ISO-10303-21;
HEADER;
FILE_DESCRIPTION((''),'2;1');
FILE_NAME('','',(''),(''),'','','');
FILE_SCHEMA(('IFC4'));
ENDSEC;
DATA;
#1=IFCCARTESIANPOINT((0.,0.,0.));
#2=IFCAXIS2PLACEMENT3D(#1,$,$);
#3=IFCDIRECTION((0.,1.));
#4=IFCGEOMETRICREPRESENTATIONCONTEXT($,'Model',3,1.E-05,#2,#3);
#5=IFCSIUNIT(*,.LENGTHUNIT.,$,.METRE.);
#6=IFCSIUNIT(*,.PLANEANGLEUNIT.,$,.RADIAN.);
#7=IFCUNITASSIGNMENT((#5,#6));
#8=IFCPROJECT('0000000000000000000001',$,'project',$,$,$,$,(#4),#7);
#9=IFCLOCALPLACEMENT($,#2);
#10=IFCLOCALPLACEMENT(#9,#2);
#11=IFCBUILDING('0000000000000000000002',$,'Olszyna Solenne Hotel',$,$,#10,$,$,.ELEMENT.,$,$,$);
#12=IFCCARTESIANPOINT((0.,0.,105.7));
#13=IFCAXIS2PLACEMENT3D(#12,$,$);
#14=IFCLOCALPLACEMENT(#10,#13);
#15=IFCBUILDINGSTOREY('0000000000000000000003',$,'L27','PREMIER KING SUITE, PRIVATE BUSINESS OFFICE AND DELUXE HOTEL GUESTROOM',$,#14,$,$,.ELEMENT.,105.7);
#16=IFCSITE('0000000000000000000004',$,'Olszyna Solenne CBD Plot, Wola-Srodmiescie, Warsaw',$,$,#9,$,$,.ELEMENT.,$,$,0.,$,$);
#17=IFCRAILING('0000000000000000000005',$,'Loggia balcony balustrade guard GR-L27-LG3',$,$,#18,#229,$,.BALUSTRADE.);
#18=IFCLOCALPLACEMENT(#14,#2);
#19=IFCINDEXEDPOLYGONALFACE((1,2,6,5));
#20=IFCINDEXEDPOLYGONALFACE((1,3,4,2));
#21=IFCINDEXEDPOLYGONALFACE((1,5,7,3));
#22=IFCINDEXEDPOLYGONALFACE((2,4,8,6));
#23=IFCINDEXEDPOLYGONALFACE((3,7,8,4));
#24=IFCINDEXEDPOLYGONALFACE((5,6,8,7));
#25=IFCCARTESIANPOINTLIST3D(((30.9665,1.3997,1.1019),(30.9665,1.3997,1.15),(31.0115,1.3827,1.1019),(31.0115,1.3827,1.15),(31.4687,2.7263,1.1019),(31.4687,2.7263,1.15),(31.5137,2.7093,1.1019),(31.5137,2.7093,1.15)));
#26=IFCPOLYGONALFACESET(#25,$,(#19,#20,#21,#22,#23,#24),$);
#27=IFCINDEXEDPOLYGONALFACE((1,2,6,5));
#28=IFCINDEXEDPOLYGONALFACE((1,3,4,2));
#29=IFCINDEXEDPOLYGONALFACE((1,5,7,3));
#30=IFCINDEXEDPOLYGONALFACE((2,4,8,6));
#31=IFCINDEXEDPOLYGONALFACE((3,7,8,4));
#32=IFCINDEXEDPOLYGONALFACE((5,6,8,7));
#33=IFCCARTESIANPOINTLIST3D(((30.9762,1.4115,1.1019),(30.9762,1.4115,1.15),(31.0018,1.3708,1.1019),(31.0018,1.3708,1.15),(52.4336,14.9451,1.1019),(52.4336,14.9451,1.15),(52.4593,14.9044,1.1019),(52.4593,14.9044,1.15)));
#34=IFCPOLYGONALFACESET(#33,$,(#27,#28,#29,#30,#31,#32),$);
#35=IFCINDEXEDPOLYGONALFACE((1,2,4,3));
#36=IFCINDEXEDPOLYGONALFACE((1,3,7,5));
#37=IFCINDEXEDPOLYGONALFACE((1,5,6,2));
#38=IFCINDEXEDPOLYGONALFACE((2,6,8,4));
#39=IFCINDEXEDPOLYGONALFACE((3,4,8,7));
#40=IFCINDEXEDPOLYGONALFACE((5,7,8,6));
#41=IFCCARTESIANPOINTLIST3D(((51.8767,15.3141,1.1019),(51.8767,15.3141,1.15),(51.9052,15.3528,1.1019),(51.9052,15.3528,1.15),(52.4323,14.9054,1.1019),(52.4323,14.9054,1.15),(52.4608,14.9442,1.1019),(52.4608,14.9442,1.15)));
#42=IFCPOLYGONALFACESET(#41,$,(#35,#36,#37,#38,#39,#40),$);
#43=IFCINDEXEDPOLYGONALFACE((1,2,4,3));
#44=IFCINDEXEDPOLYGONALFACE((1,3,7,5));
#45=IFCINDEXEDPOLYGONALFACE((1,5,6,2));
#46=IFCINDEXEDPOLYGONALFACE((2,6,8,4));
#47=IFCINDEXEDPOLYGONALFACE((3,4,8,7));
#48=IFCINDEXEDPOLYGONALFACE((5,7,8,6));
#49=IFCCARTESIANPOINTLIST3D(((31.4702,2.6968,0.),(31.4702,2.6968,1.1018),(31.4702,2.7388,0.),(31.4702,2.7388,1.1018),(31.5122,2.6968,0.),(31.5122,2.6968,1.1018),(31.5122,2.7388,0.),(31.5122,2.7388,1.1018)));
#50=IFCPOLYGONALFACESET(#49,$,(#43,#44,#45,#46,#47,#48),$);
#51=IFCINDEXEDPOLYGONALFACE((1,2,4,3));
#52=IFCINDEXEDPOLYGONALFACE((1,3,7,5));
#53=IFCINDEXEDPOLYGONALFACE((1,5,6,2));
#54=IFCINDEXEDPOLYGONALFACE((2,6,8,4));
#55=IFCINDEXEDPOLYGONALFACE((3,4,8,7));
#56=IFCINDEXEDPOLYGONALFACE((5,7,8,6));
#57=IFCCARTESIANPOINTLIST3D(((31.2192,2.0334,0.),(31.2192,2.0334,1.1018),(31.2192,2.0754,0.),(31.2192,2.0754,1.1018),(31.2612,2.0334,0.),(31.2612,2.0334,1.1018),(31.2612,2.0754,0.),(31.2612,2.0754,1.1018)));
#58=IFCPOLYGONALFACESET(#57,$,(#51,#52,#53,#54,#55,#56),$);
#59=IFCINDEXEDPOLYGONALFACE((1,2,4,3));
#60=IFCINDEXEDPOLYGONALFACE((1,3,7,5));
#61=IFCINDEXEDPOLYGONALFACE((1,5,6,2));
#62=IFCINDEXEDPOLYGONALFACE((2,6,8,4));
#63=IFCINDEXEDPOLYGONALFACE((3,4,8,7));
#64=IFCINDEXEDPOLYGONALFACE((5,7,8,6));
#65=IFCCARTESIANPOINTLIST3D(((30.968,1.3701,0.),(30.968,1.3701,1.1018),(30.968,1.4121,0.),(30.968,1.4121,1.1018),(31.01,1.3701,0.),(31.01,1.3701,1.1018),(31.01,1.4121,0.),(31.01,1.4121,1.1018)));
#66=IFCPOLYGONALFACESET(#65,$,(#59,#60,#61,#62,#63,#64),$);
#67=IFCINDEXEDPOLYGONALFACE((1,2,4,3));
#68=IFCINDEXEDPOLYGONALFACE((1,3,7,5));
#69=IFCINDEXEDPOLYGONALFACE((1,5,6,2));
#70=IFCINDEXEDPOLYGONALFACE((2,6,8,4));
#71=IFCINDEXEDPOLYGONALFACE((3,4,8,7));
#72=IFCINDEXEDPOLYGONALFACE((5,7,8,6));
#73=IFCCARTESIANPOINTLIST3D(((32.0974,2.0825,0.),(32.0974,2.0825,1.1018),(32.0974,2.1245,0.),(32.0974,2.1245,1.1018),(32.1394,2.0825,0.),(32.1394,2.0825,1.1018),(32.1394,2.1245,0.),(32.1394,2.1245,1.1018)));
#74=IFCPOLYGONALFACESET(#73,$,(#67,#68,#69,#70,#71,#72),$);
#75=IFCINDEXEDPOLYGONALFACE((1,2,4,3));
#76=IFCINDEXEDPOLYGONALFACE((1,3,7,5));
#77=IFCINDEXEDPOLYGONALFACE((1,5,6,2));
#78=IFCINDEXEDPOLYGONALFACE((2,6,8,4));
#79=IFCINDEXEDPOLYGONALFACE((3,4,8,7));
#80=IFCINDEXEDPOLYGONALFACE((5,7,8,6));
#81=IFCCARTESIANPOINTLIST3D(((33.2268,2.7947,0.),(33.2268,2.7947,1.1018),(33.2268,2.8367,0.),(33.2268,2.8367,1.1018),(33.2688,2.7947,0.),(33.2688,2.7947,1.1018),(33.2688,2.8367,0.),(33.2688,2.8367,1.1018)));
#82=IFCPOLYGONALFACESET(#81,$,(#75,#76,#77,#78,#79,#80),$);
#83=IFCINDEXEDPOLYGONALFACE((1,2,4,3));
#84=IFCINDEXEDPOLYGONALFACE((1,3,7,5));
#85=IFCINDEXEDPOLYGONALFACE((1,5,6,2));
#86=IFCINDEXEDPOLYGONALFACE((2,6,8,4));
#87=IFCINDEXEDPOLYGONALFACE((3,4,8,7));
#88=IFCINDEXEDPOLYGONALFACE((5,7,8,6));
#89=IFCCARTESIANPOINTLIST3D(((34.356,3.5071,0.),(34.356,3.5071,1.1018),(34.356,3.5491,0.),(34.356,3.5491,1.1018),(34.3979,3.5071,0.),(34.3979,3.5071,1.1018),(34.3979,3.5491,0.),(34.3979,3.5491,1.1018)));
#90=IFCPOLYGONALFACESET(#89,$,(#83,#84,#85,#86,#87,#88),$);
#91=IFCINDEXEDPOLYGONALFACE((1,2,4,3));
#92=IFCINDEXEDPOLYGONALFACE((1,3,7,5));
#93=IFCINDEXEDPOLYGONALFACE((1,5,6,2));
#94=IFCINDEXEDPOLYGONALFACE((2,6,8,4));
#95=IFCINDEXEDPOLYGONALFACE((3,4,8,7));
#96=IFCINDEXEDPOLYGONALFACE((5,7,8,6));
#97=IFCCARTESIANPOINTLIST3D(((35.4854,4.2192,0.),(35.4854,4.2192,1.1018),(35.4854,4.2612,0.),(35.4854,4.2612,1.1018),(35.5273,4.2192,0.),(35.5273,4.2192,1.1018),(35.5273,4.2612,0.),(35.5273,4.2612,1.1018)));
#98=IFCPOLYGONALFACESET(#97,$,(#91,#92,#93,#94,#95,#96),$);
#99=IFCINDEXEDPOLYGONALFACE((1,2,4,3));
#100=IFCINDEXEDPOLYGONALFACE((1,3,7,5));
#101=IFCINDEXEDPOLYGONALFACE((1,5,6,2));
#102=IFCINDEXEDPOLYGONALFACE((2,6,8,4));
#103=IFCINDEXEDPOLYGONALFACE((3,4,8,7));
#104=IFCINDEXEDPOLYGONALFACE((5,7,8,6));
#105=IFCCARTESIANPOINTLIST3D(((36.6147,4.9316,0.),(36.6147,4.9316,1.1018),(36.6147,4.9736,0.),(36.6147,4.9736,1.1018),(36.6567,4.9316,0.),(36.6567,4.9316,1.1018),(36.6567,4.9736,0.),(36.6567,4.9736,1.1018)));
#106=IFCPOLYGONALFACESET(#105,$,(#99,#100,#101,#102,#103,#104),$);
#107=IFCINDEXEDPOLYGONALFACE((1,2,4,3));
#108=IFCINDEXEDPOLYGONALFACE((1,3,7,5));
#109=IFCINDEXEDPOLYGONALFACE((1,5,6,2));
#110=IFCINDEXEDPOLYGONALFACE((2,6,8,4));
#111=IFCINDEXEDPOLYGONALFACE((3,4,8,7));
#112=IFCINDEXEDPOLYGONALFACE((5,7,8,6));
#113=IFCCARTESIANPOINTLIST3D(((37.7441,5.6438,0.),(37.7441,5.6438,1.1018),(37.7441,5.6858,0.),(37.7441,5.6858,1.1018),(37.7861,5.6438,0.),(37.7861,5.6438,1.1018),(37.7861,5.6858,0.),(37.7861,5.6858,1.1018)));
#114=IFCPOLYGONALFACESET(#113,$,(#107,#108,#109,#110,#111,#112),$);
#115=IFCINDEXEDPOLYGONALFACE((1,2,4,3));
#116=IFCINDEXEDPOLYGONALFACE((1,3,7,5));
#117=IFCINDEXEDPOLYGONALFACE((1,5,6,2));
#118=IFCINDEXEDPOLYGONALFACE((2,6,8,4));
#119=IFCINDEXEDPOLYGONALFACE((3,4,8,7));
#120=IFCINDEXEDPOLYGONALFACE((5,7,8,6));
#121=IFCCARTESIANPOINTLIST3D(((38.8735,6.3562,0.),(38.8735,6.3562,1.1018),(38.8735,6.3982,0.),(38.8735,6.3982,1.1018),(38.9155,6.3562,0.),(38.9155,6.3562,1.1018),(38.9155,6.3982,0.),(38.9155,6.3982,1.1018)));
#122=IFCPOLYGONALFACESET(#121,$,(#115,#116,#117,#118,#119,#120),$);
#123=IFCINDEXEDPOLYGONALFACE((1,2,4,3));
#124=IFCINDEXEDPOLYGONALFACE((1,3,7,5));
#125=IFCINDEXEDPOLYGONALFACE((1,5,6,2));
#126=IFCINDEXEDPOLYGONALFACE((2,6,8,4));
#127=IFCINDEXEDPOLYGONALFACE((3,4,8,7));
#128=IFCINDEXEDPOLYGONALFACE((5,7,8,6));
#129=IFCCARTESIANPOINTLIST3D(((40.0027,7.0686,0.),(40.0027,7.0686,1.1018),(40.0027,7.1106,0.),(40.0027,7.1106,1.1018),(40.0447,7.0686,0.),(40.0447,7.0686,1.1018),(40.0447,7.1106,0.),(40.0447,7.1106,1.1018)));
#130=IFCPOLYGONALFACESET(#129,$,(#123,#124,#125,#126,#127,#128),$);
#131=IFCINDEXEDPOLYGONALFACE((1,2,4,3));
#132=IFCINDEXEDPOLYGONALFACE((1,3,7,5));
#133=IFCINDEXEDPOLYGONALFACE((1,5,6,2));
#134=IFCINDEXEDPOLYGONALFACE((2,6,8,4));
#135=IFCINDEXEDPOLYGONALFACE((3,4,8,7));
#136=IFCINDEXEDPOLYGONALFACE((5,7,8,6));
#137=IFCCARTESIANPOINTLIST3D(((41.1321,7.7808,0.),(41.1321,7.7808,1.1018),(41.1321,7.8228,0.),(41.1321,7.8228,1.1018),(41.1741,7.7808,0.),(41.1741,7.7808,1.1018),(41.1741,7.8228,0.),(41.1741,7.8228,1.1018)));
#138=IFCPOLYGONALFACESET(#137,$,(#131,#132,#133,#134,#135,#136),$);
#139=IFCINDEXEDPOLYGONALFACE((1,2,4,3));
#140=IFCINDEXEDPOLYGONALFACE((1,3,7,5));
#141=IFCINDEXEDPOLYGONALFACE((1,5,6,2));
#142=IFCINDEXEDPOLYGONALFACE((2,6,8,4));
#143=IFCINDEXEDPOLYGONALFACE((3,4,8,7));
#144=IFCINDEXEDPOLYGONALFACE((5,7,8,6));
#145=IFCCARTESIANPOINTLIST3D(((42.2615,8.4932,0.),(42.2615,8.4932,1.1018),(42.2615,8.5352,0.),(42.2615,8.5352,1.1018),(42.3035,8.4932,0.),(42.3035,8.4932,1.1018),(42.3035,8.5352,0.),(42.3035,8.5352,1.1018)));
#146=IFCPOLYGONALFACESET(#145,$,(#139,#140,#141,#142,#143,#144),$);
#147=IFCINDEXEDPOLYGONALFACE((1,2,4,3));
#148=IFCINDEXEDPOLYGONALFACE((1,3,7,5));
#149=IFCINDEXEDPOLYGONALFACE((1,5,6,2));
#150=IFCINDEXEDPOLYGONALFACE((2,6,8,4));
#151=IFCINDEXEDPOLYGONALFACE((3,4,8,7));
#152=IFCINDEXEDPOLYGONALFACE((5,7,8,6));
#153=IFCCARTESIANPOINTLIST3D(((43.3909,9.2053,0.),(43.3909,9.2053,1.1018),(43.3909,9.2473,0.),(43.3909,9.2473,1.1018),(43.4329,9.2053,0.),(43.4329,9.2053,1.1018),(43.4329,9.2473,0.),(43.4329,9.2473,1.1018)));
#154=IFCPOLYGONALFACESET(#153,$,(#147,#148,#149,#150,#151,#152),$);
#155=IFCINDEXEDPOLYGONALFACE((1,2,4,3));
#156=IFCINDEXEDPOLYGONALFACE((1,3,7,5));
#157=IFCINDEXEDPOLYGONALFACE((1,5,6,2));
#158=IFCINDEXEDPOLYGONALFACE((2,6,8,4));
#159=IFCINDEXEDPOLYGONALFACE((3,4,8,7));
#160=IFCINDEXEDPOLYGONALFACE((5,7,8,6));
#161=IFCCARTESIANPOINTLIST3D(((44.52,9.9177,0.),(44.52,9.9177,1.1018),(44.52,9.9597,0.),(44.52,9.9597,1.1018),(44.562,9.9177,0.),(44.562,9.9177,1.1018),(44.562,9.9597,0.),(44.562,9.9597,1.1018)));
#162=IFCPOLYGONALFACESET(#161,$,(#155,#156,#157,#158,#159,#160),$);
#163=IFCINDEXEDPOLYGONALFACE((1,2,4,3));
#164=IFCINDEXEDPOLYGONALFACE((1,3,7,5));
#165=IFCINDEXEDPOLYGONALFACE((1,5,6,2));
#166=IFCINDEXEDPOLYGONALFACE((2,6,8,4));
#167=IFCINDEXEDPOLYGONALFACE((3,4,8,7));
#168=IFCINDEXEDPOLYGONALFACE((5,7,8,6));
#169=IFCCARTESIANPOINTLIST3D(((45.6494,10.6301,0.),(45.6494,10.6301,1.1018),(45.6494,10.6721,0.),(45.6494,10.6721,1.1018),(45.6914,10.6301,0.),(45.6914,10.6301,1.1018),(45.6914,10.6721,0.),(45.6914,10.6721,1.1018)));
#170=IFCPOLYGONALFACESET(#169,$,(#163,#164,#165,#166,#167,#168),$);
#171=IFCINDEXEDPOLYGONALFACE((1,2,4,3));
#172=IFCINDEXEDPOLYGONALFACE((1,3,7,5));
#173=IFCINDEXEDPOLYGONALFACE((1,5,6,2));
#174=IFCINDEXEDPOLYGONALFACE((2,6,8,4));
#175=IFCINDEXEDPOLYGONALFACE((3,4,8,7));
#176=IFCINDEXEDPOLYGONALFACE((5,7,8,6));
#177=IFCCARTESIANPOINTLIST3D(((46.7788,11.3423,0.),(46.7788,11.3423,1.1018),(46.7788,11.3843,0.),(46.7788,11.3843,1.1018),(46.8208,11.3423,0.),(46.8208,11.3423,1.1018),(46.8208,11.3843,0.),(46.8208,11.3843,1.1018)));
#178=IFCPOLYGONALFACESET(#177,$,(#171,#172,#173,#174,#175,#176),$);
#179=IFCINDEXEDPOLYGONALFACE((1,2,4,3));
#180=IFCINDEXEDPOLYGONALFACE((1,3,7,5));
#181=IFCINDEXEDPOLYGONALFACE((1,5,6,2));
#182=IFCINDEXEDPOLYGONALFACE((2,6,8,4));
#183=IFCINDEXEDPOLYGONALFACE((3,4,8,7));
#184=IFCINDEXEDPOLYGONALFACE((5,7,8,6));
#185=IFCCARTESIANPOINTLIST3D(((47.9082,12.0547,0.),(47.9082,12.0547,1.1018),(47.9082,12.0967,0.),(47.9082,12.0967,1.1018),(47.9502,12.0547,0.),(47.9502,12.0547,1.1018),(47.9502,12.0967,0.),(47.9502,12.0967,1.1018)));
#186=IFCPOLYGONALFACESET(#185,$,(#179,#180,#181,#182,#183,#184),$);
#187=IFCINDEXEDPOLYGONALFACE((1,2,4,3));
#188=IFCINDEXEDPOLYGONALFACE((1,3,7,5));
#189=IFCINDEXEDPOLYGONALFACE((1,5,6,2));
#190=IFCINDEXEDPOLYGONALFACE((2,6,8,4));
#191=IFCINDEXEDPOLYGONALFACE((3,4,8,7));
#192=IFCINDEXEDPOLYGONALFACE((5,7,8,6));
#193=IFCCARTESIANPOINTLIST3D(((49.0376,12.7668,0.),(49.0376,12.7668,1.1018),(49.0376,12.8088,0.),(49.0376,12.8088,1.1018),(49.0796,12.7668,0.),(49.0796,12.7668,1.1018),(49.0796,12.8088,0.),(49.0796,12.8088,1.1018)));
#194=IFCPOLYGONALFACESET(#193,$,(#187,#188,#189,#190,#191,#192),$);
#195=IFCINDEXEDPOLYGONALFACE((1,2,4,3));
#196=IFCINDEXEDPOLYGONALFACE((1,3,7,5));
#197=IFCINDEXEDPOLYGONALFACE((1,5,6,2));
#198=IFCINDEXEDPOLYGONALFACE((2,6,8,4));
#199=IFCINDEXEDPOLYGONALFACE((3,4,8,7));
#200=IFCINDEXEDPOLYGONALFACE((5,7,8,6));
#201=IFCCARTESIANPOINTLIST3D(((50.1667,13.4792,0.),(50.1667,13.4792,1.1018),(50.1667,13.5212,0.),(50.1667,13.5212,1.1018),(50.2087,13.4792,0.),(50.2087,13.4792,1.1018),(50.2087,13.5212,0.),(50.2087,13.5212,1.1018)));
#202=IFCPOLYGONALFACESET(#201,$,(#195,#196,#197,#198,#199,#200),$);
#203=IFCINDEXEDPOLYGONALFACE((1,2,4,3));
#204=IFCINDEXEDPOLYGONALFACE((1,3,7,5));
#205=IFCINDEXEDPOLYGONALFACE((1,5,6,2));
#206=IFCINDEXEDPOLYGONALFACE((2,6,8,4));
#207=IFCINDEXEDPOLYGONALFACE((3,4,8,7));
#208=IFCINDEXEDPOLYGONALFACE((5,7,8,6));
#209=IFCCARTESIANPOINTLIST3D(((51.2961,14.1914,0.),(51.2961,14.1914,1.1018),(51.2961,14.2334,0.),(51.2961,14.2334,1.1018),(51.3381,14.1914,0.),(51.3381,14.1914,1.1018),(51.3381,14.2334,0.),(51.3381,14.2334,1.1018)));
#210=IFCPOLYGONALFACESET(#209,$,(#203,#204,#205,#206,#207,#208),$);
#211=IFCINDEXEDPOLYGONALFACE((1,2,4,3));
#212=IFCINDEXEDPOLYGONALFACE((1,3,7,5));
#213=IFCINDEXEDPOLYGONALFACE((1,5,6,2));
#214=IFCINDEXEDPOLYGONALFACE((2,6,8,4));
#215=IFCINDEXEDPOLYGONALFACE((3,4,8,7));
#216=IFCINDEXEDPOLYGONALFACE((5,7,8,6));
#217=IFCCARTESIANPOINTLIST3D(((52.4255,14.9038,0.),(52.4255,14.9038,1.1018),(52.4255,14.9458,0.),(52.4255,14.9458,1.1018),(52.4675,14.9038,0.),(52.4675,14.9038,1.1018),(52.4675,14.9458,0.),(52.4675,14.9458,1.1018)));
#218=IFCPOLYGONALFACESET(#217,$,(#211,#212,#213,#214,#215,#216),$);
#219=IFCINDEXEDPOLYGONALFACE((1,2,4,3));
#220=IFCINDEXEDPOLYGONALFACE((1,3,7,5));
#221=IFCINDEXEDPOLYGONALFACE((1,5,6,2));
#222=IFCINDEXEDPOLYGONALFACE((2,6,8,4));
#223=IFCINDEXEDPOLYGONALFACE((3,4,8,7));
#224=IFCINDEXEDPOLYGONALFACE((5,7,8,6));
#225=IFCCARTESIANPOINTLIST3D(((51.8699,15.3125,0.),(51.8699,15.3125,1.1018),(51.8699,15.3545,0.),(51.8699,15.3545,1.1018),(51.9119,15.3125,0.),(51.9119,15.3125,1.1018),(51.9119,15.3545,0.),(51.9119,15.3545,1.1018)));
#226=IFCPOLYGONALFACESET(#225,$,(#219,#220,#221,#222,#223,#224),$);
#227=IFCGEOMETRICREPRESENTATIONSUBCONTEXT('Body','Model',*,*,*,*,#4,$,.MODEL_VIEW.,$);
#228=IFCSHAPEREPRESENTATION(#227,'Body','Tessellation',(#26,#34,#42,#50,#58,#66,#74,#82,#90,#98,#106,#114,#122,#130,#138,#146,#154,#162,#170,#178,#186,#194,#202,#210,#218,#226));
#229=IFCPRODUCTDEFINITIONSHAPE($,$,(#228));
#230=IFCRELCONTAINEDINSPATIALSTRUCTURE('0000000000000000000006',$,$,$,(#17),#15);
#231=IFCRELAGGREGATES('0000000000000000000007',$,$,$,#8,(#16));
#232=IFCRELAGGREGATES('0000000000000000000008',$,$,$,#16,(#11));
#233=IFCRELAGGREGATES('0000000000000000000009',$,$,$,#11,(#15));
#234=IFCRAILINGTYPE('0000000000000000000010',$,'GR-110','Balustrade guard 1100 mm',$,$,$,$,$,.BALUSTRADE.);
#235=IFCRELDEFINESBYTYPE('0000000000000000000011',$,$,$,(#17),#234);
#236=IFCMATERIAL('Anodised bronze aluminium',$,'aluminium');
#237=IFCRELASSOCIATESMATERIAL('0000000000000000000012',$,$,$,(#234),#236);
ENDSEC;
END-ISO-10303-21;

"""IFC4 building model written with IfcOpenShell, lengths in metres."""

from ifc_helpers import new_model, si_unit, direction, frame, origin, origin_2d, place, context, subcontext, project, spatial, rectangle, extrude, material, type_object, element, save


model = new_model("IFC4")

# Units and contexts
model_context = context("Model", 3, precision=1e-05, world=origin(), true_north=direction((0.0, 1.0)))
body_context = subcontext(model_context, "Body", "Model", "MODEL_VIEW")
ifc_project = project(units=[si_unit("LENGTHUNIT", "METRE"), si_unit("PLANEANGLEUNIT", "RADIAN")], contexts=[model_context])

# Site, building, storey
site_placement = place(None, origin())
site = spatial("IfcSite", under=ifc_project, at=site_placement, Name="Olszyna Solenne CBD Plot, Wola-Srodmiescie, Warsaw", CompositionType="ELEMENT", RefElevation=0.0)
building_placement = place(site_placement, origin())
building = spatial("IfcBuilding", under=site, at=building_placement, Name="Olszyna Solenne Hotel", CompositionType="ELEMENT")
storey_placement = place(building_placement, frame((0.0, 0.0, 105.7)))
storey = spatial("IfcBuildingStorey", under=building, at=storey_placement, Name="L27", Description="PREMIER KING SUITE, PRIVATE BUSINESS OFFICE AND DELUXE HOTEL GUESTROOM", CompositionType="ELEMENT", Elevation=105.7)

# Shared definitions
ifc_material_1 = material(Name="Anodised bronze aluminium", Category="aluminium")

# Railing
railing_type = type_object("IfcRailingType", Name="GR-110", Description="Balustrade guard 1100 mm", PredefinedType="BALUSTRADE", material=ifc_material_1)
railing_placement = place(storey_placement, frame((31.4912, 2.7178, 0.0)))
element("IfcRailing", 1, at=railing_placement, inside=storey, type_object=railing_type, Name="Loggia balcony balustrade guard GR-L27-LG3", PredefinedType="BALUSTRADE", context=body_context, shape_type="SweptSolid", body=[
    extrude(rectangle(XDim=0.0481, YDim=0.0481, at=origin_2d()), frame((0.0, 0.0, 1.126), z_axis=(-0.354026, -0.935235, 0.0), x_axis=(0.935235, -0.354026, 0.0)), (0.0, 0.0, 1.0), 1.4185),
    extrude(rectangle(XDim=0.0481, YDim=0.0481, at=origin_2d()), frame((-0.5022, -1.3267, 1.126), z_axis=(0.845817, 0.533474, 0.0), x_axis=(-0.533474, 0.845817, 0.0)), (0.0, 0.0, 1.0), 25.3689),
    extrude(rectangle(XDim=0.0481, YDim=0.0481, at=origin_2d()), frame((20.9553, 12.207, 1.126), z_axis=(-0.805572, 0.592499, 0.0), x_axis=(-0.592499, -0.805572, 0.0)), (0.0, 0.0, 1.0), 0.6897),
    extrude(rectangle(XDim=0.042, YDim=0.042, at=origin_2d()), origin(), (0.0, 0.0, 1.0), 1.1018),
    extrude(rectangle(XDim=0.042, YDim=0.042, at=origin_2d()), frame((-0.251, -0.6633, 0.0)), (0.0, 0.0, 1.0), 1.1018),
    extrude(rectangle(XDim=0.042, YDim=0.042, at=origin_2d()), frame((-0.5022, -1.3267, 0.0)), (0.0, 0.0, 1.0), 1.1018),
    extrude(rectangle(XDim=0.042, YDim=0.042, at=origin_2d()), frame((0.6272, -0.6143, 0.0)), (0.0, 0.0, 1.0), 1.1018),
    extrude(rectangle(XDim=0.042, YDim=0.042, at=origin_2d()), frame((1.7566, 0.0979, 0.0)), (0.0, 0.0, 1.0), 1.1018),
    extrude(rectangle(XDim=0.042, YDim=0.042, at=origin_2d()), frame((2.8857, 0.8103, 0.0)), (0.0, 0.0, 1.0), 1.1018),
    extrude(rectangle(XDim=0.042, YDim=0.042, at=origin_2d()), frame((4.0151, 1.5225, 0.0)), (0.0, 0.0, 1.0), 1.1018),
    extrude(rectangle(XDim=0.042, YDim=0.042, at=origin_2d()), frame((5.1445, 2.2349, 0.0)), (0.0, 0.0, 1.0), 1.1018),
    extrude(rectangle(XDim=0.042, YDim=0.042, at=origin_2d()), frame((6.2739, 2.947, 0.0)), (0.0, 0.0, 1.0), 1.1018),
    extrude(rectangle(XDim=0.042, YDim=0.042, at=origin_2d()), frame((7.4033, 3.6594, 0.0)), (0.0, 0.0, 1.0), 1.1018),
    extrude(rectangle(XDim=0.042, YDim=0.042, at=origin_2d()), frame((8.5325, 4.3718, 0.0)), (0.0, 0.0, 1.0), 1.1018),
    extrude(rectangle(XDim=0.042, YDim=0.042, at=origin_2d()), frame((9.6619, 5.084, 0.0)), (0.0, 0.0, 1.0), 1.1018),
    extrude(rectangle(XDim=0.042, YDim=0.042, at=origin_2d()), frame((10.7913, 5.7964, 0.0)), (0.0, 0.0, 1.0), 1.1018),
    extrude(rectangle(XDim=0.042, YDim=0.042, at=origin_2d()), frame((11.9207, 6.5085, 0.0)), (0.0, 0.0, 1.0), 1.1018),
    extrude(rectangle(XDim=0.042, YDim=0.042, at=origin_2d()), frame((13.0498, 7.2209, 0.0)), (0.0, 0.0, 1.0), 1.1018),
    extrude(rectangle(XDim=0.042, YDim=0.042, at=origin_2d()), frame((14.1792, 7.9333, 0.0)), (0.0, 0.0, 1.0), 1.1018),
    extrude(rectangle(XDim=0.042, YDim=0.042, at=origin_2d()), frame((15.3086, 8.6455, 0.0)), (0.0, 0.0, 1.0), 1.1018),
    extrude(rectangle(XDim=0.042, YDim=0.042, at=origin_2d()), frame((16.438, 9.3579, 0.0)), (0.0, 0.0, 1.0), 1.1018),
    extrude(rectangle(XDim=0.042, YDim=0.042, at=origin_2d()), frame((17.5674, 10.0701, 0.0)), (0.0, 0.0, 1.0), 1.1018),
    extrude(rectangle(XDim=0.042, YDim=0.042, at=origin_2d()), frame((18.6965, 10.7825, 0.0)), (0.0, 0.0, 1.0), 1.1018),
    extrude(rectangle(XDim=0.042, YDim=0.042, at=origin_2d()), frame((19.8259, 11.4946, 0.0)), (0.0, 0.0, 1.0), 1.1018),
    extrude(rectangle(XDim=0.042, YDim=0.042, at=origin_2d()), frame((20.9553, 12.207, 0.0)), (0.0, 0.0, 1.0), 1.1018),
    extrude(rectangle(XDim=0.042, YDim=0.042, at=origin_2d()), frame((20.3997, 12.6157, 0.0)), (0.0, 0.0, 1.0), 1.1018),
])

save(model, "model.ifc")
